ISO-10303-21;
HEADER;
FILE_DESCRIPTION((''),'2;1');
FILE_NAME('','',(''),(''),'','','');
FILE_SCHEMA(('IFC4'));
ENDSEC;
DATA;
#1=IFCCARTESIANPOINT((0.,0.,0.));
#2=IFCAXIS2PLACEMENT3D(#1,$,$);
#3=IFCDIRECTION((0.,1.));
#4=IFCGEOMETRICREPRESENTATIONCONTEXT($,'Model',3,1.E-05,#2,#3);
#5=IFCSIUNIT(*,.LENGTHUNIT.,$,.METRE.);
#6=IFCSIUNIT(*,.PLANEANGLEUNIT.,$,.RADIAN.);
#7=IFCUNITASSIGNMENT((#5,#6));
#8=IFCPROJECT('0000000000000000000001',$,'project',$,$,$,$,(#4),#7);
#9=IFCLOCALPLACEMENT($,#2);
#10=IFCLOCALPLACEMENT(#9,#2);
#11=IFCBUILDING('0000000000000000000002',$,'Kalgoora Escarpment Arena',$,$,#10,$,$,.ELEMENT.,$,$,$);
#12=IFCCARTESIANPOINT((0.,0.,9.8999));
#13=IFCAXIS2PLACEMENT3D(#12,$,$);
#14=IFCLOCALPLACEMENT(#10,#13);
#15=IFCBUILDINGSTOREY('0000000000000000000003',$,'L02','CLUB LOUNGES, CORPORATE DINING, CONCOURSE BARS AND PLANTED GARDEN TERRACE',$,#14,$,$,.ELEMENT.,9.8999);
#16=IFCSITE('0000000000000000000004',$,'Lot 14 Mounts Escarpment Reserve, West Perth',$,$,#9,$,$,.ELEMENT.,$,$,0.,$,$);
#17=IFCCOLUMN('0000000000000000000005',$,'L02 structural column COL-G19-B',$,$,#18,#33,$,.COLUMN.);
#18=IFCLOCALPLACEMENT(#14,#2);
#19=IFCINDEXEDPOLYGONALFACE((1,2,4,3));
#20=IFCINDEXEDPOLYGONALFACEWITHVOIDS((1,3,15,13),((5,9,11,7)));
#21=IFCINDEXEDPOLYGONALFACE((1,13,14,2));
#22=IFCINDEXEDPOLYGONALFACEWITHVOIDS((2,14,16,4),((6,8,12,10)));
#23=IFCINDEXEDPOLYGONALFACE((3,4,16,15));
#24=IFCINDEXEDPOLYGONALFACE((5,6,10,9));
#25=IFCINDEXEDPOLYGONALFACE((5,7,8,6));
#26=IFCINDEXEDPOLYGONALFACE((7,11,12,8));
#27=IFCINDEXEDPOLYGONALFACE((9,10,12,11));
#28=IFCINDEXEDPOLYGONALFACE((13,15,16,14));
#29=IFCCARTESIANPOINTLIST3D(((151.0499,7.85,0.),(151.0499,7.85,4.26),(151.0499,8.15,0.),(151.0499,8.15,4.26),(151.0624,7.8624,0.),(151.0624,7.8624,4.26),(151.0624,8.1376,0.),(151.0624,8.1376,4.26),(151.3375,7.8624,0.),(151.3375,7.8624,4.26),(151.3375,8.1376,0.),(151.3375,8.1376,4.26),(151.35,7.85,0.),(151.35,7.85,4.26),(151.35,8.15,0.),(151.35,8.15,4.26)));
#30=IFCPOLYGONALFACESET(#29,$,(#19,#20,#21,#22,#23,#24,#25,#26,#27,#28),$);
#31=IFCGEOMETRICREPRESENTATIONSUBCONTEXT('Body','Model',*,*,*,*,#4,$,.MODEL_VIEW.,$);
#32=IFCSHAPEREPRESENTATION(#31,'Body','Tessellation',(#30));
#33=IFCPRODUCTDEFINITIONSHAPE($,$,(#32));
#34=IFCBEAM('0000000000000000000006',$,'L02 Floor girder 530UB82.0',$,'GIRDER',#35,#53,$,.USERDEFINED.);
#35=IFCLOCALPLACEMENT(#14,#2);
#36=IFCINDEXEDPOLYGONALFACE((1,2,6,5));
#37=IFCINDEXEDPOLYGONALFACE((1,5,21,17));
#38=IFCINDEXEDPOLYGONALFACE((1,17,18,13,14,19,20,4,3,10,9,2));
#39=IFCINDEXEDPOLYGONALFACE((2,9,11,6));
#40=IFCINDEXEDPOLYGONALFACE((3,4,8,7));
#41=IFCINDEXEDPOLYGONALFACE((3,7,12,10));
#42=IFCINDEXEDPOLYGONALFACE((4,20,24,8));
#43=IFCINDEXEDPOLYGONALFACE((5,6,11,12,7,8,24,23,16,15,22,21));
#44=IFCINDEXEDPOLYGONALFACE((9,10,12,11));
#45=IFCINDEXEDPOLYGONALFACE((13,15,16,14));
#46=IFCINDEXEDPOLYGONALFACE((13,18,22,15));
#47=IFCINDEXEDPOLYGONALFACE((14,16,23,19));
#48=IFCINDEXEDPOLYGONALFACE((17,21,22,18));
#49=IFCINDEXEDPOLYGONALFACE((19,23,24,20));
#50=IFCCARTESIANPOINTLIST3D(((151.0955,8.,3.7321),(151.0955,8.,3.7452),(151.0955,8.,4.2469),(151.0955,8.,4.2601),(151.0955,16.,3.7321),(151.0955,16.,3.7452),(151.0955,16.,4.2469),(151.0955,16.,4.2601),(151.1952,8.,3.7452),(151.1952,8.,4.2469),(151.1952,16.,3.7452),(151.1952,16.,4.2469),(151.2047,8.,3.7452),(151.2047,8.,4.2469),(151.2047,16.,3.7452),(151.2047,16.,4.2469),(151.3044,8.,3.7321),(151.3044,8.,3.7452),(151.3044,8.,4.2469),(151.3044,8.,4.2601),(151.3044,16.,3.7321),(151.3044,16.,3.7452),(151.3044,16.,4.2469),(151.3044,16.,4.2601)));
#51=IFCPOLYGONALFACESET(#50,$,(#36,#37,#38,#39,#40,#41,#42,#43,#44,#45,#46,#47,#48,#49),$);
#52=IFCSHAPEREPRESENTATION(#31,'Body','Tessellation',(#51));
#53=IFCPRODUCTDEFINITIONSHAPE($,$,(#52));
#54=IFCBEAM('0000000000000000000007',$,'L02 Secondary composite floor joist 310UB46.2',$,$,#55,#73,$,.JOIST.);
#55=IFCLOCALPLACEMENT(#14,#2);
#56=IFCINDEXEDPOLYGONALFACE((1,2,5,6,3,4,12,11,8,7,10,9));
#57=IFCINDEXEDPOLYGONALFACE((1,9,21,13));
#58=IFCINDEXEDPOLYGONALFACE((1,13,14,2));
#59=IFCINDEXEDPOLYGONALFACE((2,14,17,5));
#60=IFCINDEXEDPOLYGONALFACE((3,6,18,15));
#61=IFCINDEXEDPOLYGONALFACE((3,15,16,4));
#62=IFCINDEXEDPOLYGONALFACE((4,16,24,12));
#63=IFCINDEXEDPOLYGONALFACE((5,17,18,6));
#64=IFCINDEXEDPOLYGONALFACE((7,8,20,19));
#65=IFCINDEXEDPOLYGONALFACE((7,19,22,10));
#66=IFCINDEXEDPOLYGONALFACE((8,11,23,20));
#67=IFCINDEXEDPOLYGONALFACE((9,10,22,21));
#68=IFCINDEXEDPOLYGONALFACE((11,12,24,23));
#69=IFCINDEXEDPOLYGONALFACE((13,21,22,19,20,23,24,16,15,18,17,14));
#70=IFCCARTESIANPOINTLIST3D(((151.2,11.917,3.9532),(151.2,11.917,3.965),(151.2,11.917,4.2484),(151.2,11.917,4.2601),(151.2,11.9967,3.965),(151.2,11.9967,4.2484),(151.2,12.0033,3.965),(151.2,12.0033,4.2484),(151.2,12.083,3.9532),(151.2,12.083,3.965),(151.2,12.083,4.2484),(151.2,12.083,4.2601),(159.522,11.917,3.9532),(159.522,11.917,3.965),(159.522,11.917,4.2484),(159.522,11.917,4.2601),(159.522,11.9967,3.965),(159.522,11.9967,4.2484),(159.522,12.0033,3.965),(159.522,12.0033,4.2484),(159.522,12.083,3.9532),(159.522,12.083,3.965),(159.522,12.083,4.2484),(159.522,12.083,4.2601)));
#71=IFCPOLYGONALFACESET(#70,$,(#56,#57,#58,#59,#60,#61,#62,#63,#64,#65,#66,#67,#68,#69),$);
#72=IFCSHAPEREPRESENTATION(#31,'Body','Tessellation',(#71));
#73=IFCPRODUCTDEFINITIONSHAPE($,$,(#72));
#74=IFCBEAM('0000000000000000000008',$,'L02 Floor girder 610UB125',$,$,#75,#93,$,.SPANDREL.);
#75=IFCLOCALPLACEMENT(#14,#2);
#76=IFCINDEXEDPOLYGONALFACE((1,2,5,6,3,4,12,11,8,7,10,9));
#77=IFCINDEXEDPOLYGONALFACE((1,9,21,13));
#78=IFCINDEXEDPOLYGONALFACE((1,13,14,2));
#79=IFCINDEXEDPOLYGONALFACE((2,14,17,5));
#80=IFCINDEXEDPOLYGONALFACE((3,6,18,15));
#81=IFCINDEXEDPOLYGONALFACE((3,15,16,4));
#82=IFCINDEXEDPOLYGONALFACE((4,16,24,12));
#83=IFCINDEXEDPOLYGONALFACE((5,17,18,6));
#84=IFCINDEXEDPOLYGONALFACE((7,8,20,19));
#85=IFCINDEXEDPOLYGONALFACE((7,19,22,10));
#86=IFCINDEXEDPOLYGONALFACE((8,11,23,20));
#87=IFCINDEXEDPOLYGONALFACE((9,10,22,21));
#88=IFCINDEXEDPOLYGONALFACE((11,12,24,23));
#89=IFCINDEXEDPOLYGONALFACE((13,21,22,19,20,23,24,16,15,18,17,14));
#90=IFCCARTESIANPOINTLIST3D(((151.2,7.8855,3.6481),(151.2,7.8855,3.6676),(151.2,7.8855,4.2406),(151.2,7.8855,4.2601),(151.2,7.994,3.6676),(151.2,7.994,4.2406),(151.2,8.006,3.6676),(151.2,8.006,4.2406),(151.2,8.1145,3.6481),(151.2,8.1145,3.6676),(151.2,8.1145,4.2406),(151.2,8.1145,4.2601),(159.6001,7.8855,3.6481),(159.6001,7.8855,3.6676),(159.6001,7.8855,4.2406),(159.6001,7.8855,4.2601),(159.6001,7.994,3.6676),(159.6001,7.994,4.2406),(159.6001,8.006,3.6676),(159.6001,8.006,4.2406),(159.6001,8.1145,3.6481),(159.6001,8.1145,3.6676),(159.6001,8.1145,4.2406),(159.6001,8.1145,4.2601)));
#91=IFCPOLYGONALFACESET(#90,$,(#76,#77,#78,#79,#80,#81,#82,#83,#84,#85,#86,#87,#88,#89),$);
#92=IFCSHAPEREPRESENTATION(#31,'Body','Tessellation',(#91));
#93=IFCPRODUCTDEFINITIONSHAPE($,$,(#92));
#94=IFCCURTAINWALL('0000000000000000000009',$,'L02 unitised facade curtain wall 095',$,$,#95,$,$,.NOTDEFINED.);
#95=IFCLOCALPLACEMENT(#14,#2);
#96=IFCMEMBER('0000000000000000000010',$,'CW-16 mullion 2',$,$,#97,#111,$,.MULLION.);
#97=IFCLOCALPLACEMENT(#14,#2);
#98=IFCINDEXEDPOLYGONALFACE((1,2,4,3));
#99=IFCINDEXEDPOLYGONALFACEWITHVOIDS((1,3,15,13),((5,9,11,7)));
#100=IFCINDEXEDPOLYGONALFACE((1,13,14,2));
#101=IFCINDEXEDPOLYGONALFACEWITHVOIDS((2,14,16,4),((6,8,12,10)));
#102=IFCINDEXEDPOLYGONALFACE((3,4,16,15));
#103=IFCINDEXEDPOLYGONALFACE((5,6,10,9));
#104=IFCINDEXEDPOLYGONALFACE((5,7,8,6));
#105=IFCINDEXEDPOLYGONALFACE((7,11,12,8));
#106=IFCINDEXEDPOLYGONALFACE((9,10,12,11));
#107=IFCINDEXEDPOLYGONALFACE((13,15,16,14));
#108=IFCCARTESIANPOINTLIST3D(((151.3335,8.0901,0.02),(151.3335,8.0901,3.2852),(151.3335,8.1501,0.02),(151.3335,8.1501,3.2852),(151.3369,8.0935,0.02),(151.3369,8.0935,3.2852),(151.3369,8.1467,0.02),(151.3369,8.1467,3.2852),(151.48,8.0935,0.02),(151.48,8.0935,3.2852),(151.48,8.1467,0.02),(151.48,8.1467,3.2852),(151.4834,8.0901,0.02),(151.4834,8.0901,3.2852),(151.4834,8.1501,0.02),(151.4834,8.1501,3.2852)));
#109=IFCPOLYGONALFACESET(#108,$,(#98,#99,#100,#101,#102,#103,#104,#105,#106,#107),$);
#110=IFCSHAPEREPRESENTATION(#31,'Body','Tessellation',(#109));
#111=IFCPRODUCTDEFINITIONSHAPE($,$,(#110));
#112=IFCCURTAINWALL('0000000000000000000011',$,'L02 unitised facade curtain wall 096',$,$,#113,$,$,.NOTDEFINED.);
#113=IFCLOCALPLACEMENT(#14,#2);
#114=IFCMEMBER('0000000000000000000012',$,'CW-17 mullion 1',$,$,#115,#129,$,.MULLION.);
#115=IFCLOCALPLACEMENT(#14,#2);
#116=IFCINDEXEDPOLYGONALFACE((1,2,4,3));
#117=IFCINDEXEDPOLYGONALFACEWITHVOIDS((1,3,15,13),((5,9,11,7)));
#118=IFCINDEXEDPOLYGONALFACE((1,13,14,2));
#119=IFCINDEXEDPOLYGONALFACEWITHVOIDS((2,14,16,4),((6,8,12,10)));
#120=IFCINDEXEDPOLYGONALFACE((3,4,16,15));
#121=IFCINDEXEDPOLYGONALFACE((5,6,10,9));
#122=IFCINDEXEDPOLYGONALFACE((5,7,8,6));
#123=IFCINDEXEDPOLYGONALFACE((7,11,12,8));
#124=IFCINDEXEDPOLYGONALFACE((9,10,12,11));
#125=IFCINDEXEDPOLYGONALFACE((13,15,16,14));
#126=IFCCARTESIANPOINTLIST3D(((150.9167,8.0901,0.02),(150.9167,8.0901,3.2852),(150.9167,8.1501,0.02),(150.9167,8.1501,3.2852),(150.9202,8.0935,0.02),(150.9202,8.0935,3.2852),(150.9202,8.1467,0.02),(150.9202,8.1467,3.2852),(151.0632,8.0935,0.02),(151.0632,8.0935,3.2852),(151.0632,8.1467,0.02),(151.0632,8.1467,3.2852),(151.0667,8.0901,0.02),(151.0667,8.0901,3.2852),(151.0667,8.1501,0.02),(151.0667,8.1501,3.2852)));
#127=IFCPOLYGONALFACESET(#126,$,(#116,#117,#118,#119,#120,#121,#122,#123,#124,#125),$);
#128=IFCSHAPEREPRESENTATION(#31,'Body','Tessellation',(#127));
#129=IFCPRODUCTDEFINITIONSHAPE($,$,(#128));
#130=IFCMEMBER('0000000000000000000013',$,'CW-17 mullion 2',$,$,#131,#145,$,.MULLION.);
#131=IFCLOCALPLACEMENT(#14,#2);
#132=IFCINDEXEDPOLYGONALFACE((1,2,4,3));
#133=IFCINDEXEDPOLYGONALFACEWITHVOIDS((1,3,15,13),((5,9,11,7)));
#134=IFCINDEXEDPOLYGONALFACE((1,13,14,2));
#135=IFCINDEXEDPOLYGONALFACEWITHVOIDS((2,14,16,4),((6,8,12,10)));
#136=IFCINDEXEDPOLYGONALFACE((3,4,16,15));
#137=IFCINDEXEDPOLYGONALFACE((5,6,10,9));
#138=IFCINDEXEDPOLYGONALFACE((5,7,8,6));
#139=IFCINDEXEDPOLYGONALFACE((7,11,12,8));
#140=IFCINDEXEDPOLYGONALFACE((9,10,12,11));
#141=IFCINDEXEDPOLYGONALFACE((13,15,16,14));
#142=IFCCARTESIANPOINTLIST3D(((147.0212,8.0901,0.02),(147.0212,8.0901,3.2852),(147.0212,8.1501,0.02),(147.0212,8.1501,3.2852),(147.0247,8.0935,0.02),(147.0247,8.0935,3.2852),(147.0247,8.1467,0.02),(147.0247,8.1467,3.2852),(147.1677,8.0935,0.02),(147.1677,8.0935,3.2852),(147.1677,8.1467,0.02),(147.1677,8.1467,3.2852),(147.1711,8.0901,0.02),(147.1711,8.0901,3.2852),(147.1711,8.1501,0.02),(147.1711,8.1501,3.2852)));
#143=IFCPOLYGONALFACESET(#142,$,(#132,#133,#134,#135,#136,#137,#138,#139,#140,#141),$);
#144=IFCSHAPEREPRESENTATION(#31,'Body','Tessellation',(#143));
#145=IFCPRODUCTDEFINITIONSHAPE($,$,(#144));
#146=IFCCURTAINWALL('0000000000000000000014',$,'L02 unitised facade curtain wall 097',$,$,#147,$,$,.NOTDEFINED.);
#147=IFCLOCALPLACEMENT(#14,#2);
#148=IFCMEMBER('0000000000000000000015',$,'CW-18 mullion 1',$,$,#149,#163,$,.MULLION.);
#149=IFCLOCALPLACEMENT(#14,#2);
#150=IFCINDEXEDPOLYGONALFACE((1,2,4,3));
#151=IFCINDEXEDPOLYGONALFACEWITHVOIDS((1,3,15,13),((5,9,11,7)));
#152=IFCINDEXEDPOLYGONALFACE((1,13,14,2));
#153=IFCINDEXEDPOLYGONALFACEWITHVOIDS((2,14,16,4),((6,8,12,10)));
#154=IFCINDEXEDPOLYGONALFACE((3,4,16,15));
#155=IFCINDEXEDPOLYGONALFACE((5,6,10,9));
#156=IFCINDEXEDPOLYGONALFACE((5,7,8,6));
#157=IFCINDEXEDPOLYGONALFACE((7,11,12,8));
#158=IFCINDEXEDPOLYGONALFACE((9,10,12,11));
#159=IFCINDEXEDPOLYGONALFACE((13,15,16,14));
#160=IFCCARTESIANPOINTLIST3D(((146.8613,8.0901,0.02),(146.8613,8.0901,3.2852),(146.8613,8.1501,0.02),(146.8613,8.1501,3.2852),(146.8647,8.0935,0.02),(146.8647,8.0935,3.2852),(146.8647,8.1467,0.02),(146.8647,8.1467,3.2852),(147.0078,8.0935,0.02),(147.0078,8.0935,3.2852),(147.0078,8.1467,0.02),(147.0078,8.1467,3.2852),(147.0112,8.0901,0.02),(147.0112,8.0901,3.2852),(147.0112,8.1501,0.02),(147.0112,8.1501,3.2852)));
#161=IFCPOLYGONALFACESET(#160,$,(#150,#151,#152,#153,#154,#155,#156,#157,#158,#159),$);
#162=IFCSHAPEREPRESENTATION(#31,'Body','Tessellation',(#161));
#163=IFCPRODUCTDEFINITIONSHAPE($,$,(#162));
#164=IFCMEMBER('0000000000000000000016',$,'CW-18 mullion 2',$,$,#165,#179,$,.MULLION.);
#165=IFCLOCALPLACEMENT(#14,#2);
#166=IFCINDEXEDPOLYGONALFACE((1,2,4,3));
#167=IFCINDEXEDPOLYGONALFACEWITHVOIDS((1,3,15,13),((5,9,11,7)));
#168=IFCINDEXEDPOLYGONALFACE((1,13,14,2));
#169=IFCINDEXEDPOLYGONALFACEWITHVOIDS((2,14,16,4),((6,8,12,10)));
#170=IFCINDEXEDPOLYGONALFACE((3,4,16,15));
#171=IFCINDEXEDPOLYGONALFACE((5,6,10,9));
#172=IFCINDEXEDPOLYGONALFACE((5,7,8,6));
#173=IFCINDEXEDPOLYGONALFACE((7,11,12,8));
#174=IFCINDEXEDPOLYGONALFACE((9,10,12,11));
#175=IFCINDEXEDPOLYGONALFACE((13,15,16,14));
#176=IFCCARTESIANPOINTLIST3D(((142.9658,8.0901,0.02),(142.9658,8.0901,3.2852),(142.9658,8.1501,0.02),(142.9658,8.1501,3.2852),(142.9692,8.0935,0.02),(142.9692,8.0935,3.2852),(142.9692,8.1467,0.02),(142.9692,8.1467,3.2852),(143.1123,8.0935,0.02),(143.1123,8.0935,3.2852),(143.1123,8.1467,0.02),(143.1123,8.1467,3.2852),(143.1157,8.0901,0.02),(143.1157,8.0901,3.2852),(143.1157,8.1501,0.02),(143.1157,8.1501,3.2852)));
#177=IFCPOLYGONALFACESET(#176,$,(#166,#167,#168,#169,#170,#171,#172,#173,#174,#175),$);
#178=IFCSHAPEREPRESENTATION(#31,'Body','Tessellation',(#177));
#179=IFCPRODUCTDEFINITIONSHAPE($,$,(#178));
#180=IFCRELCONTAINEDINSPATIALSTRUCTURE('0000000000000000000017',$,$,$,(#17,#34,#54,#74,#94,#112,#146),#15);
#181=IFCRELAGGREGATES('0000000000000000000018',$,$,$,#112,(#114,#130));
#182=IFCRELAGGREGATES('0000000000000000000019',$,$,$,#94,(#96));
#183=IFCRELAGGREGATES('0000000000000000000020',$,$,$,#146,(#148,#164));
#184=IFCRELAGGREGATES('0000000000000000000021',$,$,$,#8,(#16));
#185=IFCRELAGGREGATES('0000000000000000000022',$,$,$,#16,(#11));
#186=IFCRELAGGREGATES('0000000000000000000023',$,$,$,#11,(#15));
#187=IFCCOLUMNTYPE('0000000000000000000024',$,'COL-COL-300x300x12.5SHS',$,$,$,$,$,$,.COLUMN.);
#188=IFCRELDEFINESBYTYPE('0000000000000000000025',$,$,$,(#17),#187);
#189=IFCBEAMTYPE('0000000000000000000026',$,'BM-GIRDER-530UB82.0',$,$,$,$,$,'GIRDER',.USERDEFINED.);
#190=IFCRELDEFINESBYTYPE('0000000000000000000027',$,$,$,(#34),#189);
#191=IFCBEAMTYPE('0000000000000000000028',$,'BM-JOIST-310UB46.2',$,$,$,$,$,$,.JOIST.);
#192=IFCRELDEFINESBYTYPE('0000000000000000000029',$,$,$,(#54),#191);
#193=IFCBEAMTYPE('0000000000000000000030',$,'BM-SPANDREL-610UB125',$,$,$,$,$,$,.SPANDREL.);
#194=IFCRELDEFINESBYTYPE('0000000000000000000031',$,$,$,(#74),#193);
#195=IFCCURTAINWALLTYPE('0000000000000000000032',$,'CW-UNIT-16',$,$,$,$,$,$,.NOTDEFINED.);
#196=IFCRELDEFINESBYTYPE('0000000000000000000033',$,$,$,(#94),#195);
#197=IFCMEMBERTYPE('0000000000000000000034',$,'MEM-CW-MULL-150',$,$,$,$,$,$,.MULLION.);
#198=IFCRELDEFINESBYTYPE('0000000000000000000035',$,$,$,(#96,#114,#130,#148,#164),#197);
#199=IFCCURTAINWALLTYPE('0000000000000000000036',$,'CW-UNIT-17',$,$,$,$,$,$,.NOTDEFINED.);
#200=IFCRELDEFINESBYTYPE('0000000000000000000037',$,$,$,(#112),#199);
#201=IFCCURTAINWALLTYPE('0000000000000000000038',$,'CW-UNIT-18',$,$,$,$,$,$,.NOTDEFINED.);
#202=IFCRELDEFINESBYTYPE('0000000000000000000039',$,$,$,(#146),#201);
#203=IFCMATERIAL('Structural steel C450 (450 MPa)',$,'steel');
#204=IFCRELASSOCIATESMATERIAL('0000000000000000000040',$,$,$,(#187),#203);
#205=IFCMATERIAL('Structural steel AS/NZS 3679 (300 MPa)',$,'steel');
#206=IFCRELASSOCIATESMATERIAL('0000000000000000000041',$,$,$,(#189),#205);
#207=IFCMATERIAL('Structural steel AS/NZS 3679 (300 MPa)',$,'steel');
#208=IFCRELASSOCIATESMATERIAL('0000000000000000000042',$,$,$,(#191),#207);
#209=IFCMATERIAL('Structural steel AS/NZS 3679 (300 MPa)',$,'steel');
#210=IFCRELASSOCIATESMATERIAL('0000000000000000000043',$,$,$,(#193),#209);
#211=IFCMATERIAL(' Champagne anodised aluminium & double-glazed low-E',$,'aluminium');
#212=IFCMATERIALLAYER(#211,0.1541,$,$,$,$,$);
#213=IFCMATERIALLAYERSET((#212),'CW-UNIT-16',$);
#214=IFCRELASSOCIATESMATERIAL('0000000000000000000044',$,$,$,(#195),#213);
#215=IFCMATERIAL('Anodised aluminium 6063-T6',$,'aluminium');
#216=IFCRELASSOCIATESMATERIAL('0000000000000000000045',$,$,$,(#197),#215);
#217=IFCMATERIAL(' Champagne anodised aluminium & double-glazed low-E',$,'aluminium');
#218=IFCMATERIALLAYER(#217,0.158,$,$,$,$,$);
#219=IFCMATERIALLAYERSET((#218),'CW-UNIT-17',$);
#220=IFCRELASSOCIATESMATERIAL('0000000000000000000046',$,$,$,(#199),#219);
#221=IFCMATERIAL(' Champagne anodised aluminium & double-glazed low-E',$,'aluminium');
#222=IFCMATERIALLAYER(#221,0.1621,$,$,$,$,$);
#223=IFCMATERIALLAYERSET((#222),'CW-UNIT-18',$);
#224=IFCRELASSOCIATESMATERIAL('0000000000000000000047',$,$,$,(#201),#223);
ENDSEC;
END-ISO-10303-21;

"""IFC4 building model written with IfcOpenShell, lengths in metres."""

from ifc_helpers import new_model, si_unit, direction, frame, origin, origin_2d, place, context, subcontext, project, spatial, hollow_rectangle, i_section, extrude, material, layer, layer_set, material_profile, profile_set, type_object, element, aggregate, save


model = new_model("IFC4")

# Units and contexts
model_context = context("Model", 3, precision=1e-05, world=origin(), true_north=direction((0.0, 1.0)))
body_context = subcontext(model_context, "Body", "Model", "MODEL_VIEW")
ifc_project = project(units=[si_unit("LENGTHUNIT", "METRE"), si_unit("PLANEANGLEUNIT", "RADIAN")], contexts=[model_context])

# Site, building, storey
site_placement = place(None, origin())
site = spatial("IfcSite", under=ifc_project, at=site_placement, Name="Lot 14 Mounts Escarpment Reserve, West Perth", CompositionType="ELEMENT", RefElevation=0.0)
building_placement = place(site_placement, origin())
building = spatial("IfcBuilding", under=site, at=building_placement, Name="Kalgoora Escarpment Arena", CompositionType="ELEMENT")
storey_placement = place(building_placement, frame((0.0, 0.0, 9.8999)))
storey = spatial("IfcBuildingStorey", under=building, at=storey_placement, Name="L02", Description="CLUB LOUNGES, CORPORATE DINING, CONCOURSE BARS AND PLANTED GARDEN TERRACE", CompositionType="ELEMENT", Elevation=9.8999)

# Column
ifc_material_1 = material(Name="Structural steel C450 (450 MPa)", Category="steel")
ifc_material_profile_1 = material_profile(ifc_material_1, hollow_rectangle(XDim=0.3, YDim=0.3, WallThickness=0.0125, at=origin_2d()))
ifc_profile_set_1 = profile_set([ifc_material_profile_1], Name="Structural steel C450 (450 MPa)")
column_type = type_object("IfcColumnType", Name="COL-COL-300x300x12.5SHS", PredefinedType="COLUMN", material=ifc_profile_set_1)
column_placement = place(storey_placement, frame((151.2, 8.0, 0.0), z_axis=(0.0, 0.0, 1.0), x_axis=(1.0, 0.0, 0.0)))
element("IfcColumn", 1, at=column_placement, inside=storey, type_object=column_type, Name="L02 structural column COL-G19-B", PredefinedType="COLUMN", context=body_context, shape_type="SweptSolid", body=[
    extrude(hollow_rectangle(XDim=0.3, YDim=0.3, WallThickness=0.0125, at=origin_2d()), origin(), (0.0, 0.0, 1.0), 4.26),
])

# Beams
ifc_material_2 = material(Name="Structural steel AS/NZS 3679 (300 MPa)", Category="steel")
ifc_material_profile_2 = material_profile(ifc_material_2, i_section(OverallWidth=0.209, OverallDepth=0.5281, WebThickness=0.0095, FlangeThickness=0.0132, at=origin_2d()))
ifc_profile_set_2 = profile_set([ifc_material_profile_2], Name="Structural steel AS/NZS 3679 (300 MPa)")
beam_type_1 = type_object("IfcBeamType", Name="BM-GIRDER-530UB82.0", ElementType="GIRDER", PredefinedType="USERDEFINED", material=ifc_profile_set_2)
beam_1_placement = place(storey_placement, frame((151.2, 8.0, 3.9961), z_axis=(0.0, 1.0, 0.0), x_axis=(-1.0, 0.0, 0.0)))
element("IfcBeam", 2, at=beam_1_placement, inside=storey, type_object=beam_type_1, Name="L02 Floor girder 530UB82.0", ObjectType="GIRDER", PredefinedType="USERDEFINED", context=body_context, shape_type="SweptSolid", body=[
    extrude(i_section(OverallWidth=0.209, OverallDepth=0.5281, WebThickness=0.0095, FlangeThickness=0.0132, at=origin_2d()), origin(), (0.0, 0.0, 1.0), 8.0),
])
ifc_material_3 = material(Name="Structural steel AS/NZS 3679 (300 MPa)", Category="steel")
ifc_material_profile_3 = material_profile(ifc_material_3, i_section(OverallWidth=0.166, OverallDepth=0.3069, WebThickness=0.0066, FlangeThickness=0.0117, at=origin_2d()))
ifc_profile_set_3 = profile_set([ifc_material_profile_3], Name="Structural steel AS/NZS 3679 (300 MPa)")
beam_type_2 = type_object("IfcBeamType", Name="BM-JOIST-310UB46.2", PredefinedType="JOIST", material=ifc_profile_set_3)
beam_2_placement = place(storey_placement, frame((151.2, 12.0, 4.1067), z_axis=(1.0, 0.0, 0.0), x_axis=(0.0, 1.0, 0.0)))
element("IfcBeam", 3, at=beam_2_placement, inside=storey, type_object=beam_type_2, Name="L02 Secondary composite floor joist 310UB46.2", PredefinedType="JOIST", context=body_context, shape_type="SweptSolid", body=[
    extrude(i_section(OverallWidth=0.166, OverallDepth=0.3069, WebThickness=0.0066, FlangeThickness=0.0117, at=origin_2d()), origin(), (0.0, 0.0, 1.0), 8.322),
])
ifc_material_4 = material(Name="Structural steel AS/NZS 3679 (300 MPa)", Category="steel")
ifc_material_profile_4 = material_profile(ifc_material_4, i_section(OverallWidth=0.229, OverallDepth=0.6121, WebThickness=0.012, FlangeThickness=0.0195, at=origin_2d()))
ifc_profile_set_4 = profile_set([ifc_material_profile_4], Name="Structural steel AS/NZS 3679 (300 MPa)")
beam_type_3 = type_object("IfcBeamType", Name="BM-SPANDREL-610UB125", PredefinedType="SPANDREL", material=ifc_profile_set_4)
beam_3_placement = place(storey_placement, frame((151.2, 8.0, 3.9541), z_axis=(1.0, 0.0, 0.0), x_axis=(0.0, 1.0, 0.0)))
element("IfcBeam", 4, at=beam_3_placement, inside=storey, type_object=beam_type_3, Name="L02 Floor girder 610UB125", PredefinedType="SPANDREL", context=body_context, shape_type="SweptSolid", body=[
    extrude(i_section(OverallWidth=0.229, OverallDepth=0.6121, WebThickness=0.012, FlangeThickness=0.0195, at=origin_2d()), origin(), (0.0, 0.0, 1.0), 8.4001),
])

# Curtain wall, member
ifc_material_5 = material(Name=" Champagne anodised aluminium & double-glazed low-E", Category="aluminium")
ifc_layer_1 = layer(ifc_material_5, 0.1541)
ifc_layer_set_1 = layer_set([ifc_layer_1], Name="CW-UNIT-16")
curtain_wall_type_1 = type_object("IfcCurtainWallType", Name="CW-UNIT-16", PredefinedType="NOTDEFINED", material=ifc_layer_set_1)
curtain_wall_1_placement = place(storey_placement, origin())
curtain_wall_1 = element("IfcCurtainWall", 5, at=curtain_wall_1_placement, inside=storey, type_object=curtain_wall_type_1, Name="L02 unitised facade curtain wall 095", PredefinedType="NOTDEFINED")
ifc_material_6 = material(Name="Anodised aluminium 6063-T6", Category="aluminium")
ifc_material_profile_5 = material_profile(ifc_material_6, hollow_rectangle(XDim=0.0601, YDim=0.1499, WallThickness=0.0034, at=origin_2d()))
ifc_profile_set_5 = profile_set([ifc_material_profile_5], Name="Anodised aluminium 6063-T6")
member_type_1 = type_object("IfcMemberType", Name="MEM-CW-MULL-150", PredefinedType="MULLION", material=ifc_profile_set_5)
member_1_placement = place(storey_placement, frame((151.4084, 8.1201, 0.02), z_axis=(0.0, 0.0, 1.0), x_axis=(0.0, -1.0, 0.0)))
member_1 = element("IfcMember", 6, at=member_1_placement, type_object=member_type_1, Name="CW-16 mullion 2", PredefinedType="MULLION", context=body_context, shape_type="SweptSolid", body=[
    extrude(hollow_rectangle(XDim=0.0601, YDim=0.1499, WallThickness=0.0034, at=origin_2d()), origin(), (0.0, 0.0, 1.0), 3.2651),
])

# Curtain walls, members
ifc_material_7 = material(Name=" Champagne anodised aluminium & double-glazed low-E", Category="aluminium")
ifc_layer_2 = layer(ifc_material_7, 0.158)
ifc_layer_set_2 = layer_set([ifc_layer_2], Name="CW-UNIT-17")
curtain_wall_type_2 = type_object("IfcCurtainWallType", Name="CW-UNIT-17", PredefinedType="NOTDEFINED", material=ifc_layer_set_2)
curtain_wall_2_placement = place(storey_placement, origin())
curtain_wall_2 = element("IfcCurtainWall", 7, at=curtain_wall_2_placement, inside=storey, type_object=curtain_wall_type_2, Name="L02 unitised facade curtain wall 096", PredefinedType="NOTDEFINED")
member_2_placement = place(storey_placement, frame((150.9917, 8.1201, 0.02), z_axis=(0.0, 0.0, 1.0), x_axis=(0.0, -1.0, 0.0)))
member_2 = element("IfcMember", 8, at=member_2_placement, type_object=member_type_1, Name="CW-17 mullion 1", PredefinedType="MULLION", context=body_context, shape_type="SweptSolid", body=[
    extrude(hollow_rectangle(XDim=0.0601, YDim=0.1499, WallThickness=0.0034, at=origin_2d()), origin(), (0.0, 0.0, 1.0), 3.2651),
])
member_3_placement = place(storey_placement, frame((147.0962, 8.1201, 0.02), z_axis=(0.0, 0.0, 1.0), x_axis=(0.0, -1.0, 0.0)))
member_3 = element("IfcMember", 9, at=member_3_placement, type_object=member_type_1, Name="CW-17 mullion 2", PredefinedType="MULLION", context=body_context, shape_type="SweptSolid", body=[
    extrude(hollow_rectangle(XDim=0.0601, YDim=0.1499, WallThickness=0.0034, at=origin_2d()), origin(), (0.0, 0.0, 1.0), 3.2651),
])
ifc_material_8 = material(Name=" Champagne anodised aluminium & double-glazed low-E", Category="aluminium")
ifc_layer_3 = layer(ifc_material_8, 0.1621)
ifc_layer_set_3 = layer_set([ifc_layer_3], Name="CW-UNIT-18")
curtain_wall_type_3 = type_object("IfcCurtainWallType", Name="CW-UNIT-18", PredefinedType="NOTDEFINED", material=ifc_layer_set_3)
curtain_wall_3_placement = place(storey_placement, origin())
curtain_wall_3 = element("IfcCurtainWall", 10, at=curtain_wall_3_placement, inside=storey, type_object=curtain_wall_type_3, Name="L02 unitised facade curtain wall 097", PredefinedType="NOTDEFINED")
member_4_placement = place(storey_placement, frame((146.9363, 8.1201, 0.02), z_axis=(0.0, 0.0, 1.0), x_axis=(0.0, -1.0, 0.0)))
member_4 = element("IfcMember", 11, at=member_4_placement, type_object=member_type_1, Name="CW-18 mullion 1", PredefinedType="MULLION", context=body_context, shape_type="SweptSolid", body=[
    extrude(hollow_rectangle(XDim=0.0601, YDim=0.1499, WallThickness=0.0034, at=origin_2d()), origin(), (0.0, 0.0, 1.0), 3.2651),
])
member_5_placement = place(storey_placement, frame((143.0408, 8.1201, 0.02), z_axis=(0.0, 0.0, 1.0), x_axis=(0.0, -1.0, 0.0)))
member_5 = element("IfcMember", 12, at=member_5_placement, type_object=member_type_1, Name="CW-18 mullion 2", PredefinedType="MULLION", context=body_context, shape_type="SweptSolid", body=[
    extrude(hollow_rectangle(XDim=0.0601, YDim=0.1499, WallThickness=0.0034, at=origin_2d()), origin(), (0.0, 0.0, 1.0), 3.2651),
])

aggregate(curtain_wall_2, [member_2, member_3])
aggregate(curtain_wall_1, [member_1])
aggregate(curtain_wall_3, [member_4, member_5])

save(model, "model.ifc")
